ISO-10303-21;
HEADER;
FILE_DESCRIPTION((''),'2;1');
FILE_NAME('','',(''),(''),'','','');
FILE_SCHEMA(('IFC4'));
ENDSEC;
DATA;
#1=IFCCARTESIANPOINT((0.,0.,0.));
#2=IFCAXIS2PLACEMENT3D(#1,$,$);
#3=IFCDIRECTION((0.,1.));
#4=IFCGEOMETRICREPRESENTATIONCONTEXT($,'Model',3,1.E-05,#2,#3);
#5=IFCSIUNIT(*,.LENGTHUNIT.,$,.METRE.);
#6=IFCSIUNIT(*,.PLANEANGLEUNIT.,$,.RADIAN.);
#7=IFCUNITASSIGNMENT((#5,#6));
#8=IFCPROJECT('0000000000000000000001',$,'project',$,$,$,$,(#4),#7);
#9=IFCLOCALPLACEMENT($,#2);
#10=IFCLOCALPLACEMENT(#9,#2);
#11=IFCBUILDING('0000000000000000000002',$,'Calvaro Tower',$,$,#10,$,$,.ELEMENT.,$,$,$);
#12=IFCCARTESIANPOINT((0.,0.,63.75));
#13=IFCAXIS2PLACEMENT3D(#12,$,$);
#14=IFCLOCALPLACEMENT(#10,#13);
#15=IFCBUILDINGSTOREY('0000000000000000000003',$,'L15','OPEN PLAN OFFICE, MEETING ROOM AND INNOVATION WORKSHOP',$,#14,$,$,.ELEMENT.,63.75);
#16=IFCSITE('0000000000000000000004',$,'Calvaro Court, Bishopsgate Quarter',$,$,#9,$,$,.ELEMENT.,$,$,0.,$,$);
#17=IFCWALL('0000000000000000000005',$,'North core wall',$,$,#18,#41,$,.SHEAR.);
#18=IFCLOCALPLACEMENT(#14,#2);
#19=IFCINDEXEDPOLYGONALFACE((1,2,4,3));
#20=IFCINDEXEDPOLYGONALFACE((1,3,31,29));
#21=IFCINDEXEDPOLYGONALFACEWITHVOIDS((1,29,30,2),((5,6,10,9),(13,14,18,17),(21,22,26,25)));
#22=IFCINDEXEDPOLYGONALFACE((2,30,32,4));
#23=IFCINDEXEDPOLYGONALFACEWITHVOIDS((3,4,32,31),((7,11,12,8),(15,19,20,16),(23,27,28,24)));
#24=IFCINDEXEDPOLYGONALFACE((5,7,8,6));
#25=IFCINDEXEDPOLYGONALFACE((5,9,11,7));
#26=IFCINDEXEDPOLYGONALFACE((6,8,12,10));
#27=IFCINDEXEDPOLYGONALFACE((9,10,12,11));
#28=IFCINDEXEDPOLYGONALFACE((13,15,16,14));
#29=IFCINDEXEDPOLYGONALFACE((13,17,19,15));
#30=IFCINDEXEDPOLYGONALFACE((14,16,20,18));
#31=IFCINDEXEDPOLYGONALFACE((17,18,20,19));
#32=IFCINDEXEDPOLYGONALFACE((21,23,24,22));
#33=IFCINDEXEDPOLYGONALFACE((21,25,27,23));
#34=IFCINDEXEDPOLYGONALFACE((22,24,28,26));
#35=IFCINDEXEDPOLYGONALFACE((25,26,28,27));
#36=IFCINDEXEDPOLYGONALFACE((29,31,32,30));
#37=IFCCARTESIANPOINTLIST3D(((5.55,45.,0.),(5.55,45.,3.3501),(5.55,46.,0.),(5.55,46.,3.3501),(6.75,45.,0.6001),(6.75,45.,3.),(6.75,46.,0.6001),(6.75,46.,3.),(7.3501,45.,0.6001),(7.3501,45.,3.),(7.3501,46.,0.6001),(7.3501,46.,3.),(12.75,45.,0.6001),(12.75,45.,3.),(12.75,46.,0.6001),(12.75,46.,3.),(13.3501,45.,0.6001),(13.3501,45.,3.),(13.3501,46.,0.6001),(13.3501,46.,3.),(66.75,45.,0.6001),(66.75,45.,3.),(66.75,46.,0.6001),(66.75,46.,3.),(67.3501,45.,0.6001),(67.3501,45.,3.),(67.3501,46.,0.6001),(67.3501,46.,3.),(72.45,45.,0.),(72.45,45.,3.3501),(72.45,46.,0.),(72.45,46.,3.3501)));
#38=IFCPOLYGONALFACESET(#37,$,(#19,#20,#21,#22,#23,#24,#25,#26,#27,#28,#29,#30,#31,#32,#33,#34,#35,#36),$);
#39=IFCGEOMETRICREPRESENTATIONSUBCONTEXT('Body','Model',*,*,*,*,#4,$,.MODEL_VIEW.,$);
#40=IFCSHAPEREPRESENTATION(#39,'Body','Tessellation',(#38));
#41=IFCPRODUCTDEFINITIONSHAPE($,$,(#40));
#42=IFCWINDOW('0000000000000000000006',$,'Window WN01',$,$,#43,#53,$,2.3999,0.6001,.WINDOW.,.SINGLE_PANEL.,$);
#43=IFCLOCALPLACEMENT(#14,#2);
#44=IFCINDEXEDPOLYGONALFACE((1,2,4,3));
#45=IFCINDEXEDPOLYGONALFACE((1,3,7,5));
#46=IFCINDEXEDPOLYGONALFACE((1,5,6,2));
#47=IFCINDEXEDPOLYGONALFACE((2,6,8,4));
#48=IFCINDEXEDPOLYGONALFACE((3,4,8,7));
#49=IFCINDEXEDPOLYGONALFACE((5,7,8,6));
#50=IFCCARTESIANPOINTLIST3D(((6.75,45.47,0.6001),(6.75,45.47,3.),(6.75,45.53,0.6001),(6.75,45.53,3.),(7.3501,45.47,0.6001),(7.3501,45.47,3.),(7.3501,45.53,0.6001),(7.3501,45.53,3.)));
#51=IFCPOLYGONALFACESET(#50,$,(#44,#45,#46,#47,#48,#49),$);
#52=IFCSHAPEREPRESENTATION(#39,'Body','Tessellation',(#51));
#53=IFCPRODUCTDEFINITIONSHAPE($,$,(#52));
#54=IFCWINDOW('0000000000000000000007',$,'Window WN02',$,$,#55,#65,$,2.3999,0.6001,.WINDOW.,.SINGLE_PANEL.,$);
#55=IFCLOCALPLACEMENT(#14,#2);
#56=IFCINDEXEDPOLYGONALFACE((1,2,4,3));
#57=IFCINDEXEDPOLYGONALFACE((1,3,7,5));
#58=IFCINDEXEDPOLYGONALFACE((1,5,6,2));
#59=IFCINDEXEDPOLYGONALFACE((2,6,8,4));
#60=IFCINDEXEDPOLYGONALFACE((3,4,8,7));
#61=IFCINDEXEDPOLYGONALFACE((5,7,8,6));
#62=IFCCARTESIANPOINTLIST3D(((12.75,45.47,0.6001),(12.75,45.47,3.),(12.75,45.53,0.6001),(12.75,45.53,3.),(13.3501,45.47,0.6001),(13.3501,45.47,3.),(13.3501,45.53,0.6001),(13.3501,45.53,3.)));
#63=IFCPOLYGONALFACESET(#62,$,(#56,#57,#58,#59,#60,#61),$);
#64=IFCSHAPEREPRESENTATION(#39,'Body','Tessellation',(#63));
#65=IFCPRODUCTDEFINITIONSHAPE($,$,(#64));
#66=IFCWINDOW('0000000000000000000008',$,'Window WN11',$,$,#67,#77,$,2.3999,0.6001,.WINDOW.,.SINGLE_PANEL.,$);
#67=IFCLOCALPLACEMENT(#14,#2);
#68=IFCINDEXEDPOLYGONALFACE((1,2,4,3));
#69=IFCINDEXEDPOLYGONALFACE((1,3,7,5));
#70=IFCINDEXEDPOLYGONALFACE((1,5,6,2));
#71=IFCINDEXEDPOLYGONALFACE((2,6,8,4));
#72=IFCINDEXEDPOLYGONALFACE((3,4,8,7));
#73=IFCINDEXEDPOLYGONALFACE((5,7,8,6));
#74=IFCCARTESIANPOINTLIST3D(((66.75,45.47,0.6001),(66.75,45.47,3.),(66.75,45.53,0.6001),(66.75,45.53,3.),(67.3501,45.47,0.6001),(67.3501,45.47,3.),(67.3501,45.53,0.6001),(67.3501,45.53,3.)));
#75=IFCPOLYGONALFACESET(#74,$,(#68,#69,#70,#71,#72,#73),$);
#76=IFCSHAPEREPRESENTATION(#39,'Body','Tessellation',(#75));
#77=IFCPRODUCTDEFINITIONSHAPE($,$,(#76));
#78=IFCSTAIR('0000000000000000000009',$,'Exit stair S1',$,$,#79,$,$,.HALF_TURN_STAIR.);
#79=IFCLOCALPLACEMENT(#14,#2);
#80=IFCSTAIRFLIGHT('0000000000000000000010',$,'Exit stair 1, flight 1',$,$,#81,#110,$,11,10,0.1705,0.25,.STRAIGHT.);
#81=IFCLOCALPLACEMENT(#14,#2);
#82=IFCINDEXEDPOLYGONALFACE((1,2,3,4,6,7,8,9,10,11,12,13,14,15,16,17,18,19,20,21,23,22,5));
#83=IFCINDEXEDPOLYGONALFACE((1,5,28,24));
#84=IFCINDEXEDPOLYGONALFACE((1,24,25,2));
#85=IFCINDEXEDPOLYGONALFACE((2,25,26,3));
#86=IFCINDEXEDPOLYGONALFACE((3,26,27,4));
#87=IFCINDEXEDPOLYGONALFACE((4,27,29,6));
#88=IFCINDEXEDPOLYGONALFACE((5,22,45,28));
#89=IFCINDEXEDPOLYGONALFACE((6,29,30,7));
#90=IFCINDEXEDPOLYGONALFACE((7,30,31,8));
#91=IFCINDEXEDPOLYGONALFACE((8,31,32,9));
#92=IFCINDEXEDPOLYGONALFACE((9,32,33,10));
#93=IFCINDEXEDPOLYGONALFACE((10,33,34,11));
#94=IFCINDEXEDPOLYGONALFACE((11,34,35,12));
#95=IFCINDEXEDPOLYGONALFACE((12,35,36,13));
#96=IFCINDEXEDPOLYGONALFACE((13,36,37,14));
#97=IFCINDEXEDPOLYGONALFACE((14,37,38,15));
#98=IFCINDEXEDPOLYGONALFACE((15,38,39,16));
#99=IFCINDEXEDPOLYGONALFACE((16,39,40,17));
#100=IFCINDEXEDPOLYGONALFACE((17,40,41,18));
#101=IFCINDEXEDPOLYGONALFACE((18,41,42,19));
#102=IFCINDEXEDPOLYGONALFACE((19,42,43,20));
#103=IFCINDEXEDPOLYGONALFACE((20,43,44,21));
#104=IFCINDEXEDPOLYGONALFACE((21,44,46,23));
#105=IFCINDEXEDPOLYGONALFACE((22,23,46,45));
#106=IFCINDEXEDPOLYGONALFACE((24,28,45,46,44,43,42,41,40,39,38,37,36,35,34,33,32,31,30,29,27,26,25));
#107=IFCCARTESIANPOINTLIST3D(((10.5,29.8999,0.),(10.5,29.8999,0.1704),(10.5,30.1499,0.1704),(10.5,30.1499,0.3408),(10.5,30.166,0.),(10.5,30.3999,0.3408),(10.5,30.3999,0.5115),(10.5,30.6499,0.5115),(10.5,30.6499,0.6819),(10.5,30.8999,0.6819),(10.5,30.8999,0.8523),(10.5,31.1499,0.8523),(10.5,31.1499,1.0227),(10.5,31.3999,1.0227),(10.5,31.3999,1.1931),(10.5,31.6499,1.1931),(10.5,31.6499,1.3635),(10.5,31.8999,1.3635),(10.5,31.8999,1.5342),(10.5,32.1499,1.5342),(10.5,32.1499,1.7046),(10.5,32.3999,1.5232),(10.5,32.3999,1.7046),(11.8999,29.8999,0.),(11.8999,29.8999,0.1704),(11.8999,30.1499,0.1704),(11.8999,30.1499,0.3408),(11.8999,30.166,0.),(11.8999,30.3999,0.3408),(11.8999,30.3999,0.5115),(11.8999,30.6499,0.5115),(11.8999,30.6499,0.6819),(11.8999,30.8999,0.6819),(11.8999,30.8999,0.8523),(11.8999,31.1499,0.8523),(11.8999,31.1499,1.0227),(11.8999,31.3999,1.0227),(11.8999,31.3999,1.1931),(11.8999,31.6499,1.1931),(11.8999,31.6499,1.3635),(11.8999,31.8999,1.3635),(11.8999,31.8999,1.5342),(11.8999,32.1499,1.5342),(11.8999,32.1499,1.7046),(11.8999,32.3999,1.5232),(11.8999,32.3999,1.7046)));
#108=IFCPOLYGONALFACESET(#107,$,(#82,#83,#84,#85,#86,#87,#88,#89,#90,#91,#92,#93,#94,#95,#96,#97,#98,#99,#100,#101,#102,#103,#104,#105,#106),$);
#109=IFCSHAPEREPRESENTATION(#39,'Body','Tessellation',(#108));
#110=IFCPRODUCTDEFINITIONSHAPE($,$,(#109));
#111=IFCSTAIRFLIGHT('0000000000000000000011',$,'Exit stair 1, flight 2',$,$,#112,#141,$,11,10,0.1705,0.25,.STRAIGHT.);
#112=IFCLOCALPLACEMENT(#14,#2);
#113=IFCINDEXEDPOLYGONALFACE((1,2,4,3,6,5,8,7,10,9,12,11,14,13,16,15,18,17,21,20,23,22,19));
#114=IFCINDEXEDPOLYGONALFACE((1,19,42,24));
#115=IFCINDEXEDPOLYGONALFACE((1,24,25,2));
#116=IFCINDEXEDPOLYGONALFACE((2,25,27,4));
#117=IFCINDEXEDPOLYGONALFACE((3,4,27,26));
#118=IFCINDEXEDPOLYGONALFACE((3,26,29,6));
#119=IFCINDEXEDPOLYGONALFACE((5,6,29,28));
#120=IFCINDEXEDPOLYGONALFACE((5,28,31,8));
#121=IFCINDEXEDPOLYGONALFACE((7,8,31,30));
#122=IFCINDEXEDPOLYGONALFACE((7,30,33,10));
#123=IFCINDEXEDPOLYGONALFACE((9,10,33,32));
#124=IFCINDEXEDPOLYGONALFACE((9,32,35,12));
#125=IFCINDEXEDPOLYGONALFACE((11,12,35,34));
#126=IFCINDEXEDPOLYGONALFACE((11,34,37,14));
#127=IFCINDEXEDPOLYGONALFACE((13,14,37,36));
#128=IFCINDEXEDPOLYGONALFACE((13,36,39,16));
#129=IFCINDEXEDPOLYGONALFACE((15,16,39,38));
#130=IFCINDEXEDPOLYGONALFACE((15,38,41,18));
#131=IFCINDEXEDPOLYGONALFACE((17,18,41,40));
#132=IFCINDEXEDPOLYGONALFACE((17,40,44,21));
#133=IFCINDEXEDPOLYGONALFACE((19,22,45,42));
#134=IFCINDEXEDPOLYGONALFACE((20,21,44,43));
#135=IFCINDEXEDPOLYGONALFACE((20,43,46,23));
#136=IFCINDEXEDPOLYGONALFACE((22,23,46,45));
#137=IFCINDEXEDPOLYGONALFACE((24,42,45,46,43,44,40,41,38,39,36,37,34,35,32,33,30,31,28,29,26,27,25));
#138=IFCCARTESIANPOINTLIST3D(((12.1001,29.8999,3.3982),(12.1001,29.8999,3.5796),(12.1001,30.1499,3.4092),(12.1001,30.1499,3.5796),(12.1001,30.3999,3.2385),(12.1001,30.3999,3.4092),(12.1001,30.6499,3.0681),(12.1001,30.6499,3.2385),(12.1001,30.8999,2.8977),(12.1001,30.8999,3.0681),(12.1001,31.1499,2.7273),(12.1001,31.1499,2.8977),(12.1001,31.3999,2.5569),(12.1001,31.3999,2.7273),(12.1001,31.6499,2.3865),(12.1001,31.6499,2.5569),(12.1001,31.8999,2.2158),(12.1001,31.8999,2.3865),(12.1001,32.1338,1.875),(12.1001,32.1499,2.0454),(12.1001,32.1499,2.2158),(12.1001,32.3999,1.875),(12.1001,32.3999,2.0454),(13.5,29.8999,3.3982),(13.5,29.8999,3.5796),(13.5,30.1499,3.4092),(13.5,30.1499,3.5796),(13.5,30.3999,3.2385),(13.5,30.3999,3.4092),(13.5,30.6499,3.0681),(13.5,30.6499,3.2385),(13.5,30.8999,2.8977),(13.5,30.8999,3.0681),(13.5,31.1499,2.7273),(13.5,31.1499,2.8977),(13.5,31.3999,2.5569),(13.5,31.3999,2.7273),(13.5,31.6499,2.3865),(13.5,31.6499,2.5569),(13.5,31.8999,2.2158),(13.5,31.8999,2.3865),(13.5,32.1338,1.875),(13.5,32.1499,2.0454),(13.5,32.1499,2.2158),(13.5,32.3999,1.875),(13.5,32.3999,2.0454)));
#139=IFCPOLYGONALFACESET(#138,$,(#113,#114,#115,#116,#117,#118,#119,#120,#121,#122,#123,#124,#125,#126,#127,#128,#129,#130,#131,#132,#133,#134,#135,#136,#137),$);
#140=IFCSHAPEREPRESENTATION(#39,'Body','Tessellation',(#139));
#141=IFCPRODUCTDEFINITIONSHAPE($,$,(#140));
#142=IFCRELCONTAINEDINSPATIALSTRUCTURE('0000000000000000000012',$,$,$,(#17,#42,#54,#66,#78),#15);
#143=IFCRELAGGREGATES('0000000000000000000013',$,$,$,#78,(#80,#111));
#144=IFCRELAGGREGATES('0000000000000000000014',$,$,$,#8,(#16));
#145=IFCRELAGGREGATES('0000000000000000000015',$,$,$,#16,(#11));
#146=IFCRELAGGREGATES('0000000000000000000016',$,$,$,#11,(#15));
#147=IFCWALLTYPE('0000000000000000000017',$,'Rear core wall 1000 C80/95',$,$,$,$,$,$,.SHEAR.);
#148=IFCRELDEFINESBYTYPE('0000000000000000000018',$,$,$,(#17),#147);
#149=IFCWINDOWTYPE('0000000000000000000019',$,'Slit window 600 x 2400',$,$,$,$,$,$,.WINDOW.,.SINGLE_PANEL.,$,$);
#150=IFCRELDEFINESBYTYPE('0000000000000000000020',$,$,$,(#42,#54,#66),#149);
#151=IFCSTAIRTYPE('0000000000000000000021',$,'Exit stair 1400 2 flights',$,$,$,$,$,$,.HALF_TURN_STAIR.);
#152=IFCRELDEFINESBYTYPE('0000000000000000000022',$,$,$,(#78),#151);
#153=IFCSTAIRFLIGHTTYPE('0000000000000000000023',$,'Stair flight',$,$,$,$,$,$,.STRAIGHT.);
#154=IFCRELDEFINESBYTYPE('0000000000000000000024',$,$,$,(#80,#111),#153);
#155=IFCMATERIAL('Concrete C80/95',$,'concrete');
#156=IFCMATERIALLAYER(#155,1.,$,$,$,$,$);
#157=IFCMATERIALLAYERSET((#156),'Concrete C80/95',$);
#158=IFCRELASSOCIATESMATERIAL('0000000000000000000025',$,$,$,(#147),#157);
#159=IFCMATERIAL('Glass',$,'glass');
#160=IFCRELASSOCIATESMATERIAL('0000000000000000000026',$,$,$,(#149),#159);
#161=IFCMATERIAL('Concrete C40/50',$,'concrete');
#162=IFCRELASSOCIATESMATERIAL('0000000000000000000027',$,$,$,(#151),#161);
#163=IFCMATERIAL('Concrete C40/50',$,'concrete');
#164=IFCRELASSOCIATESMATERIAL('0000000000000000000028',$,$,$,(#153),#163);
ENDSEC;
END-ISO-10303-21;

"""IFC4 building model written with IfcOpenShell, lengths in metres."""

from ifc_helpers import new_model, si_unit, direction, frame, frame_2d, origin, place, context, subcontext, project, spatial, polyline, rectangle, outline, extrude, material, layer, layer_set, type_object, element, fill, aggregate, save


model = new_model("IFC4")

# Units and contexts
model_context = context("Model", 3, precision=1e-05, world=origin(), true_north=direction((0.0, 1.0)))
body_context = subcontext(model_context, "Body", "Model", "MODEL_VIEW")
ifc_project = project(units=[si_unit("LENGTHUNIT", "METRE"), si_unit("PLANEANGLEUNIT", "RADIAN")], contexts=[model_context])

# Site, building, storey
site_placement = place(None, origin())
site = spatial("IfcSite", under=ifc_project, at=site_placement, Name="Calvaro Court, Bishopsgate Quarter", CompositionType="ELEMENT", RefElevation=0.0)
building_placement = place(site_placement, origin())
building = spatial("IfcBuilding", under=site, at=building_placement, Name="Calvaro Tower", CompositionType="ELEMENT")
storey_placement = place(building_placement, frame((0.0, 0.0, 63.75)))
storey = spatial("IfcBuildingStorey", under=building, at=storey_placement, Name="L15", Description="OPEN PLAN OFFICE, MEETING ROOM AND INNOVATION WORKSHOP", CompositionType="ELEMENT", Elevation=63.75)

# Wall, openings, windows
ifc_material_1 = material(Name="Concrete C80/95", Category="concrete")
ifc_layer_1 = layer(ifc_material_1, 1.0)
ifc_layer_set_1 = layer_set([ifc_layer_1], Name="Concrete C80/95")
wall_type_1 = type_object("IfcWallType", Name="Rear core wall 1000 C80/95", PredefinedType="SHEAR", material=ifc_layer_set_1)
wall_1_placement = place(storey_placement, frame((5.55, 45.5, 0.0), z_axis=(0.0, 0.0, 1.0), x_axis=(1.0, 0.0, 0.0)))
wall_1 = element("IfcWall", 1, at=wall_1_placement, inside=storey, type_object=wall_type_1, Name="North core wall", PredefinedType="SHEAR", context=body_context, shape_type="SweptSolid", body=[
    extrude(rectangle(XDim=66.8999, YDim=1.0, at=frame_2d((33.45, 0.0))), origin(), (0.0, 0.0, 1.0), 3.3501),
])
opening_1_placement = place(wall_1_placement, frame((1.2, 0.0, 0.6001)))
opening_1 = element("IfcOpeningElement", 2, at=opening_1_placement, cuts=wall_1, PredefinedType="OPENING", context=body_context, shape_type="SweptSolid", body=[
    extrude(rectangle(XDim=0.6001, YDim=2.3999, at=frame_2d((0.3, 1.2))), frame((0.0, 0.51, 0.0), z_axis=(0.0, -1.0, 0.0), x_axis=(1.0, 0.0, 0.0)), (0.0, 0.0, 1.0), 1.02),
])
opening_2_placement = place(wall_1_placement, frame((7.2, 0.0, 0.6001)))
opening_2 = element("IfcOpeningElement", 3, at=opening_2_placement, cuts=wall_1, PredefinedType="OPENING", context=body_context, shape_type="SweptSolid", body=[
    extrude(rectangle(XDim=0.6001, YDim=2.3999, at=frame_2d((0.3, 1.2))), frame((0.0, 0.51, 0.0), z_axis=(0.0, -1.0, 0.0), x_axis=(1.0, 0.0, 0.0)), (0.0, 0.0, 1.0), 1.02),
])
opening_3_placement = place(wall_1_placement, frame((61.2, 0.0, 0.6001)))
opening_3 = element("IfcOpeningElement", 4, at=opening_3_placement, cuts=wall_1, PredefinedType="OPENING", context=body_context, shape_type="SweptSolid", body=[
    extrude(rectangle(XDim=0.6001, YDim=2.3999, at=frame_2d((0.3, 1.2))), frame((0.0, 0.51, 0.0), z_axis=(0.0, -1.0, 0.0), x_axis=(1.0, 0.0, 0.0)), (0.0, 0.0, 1.0), 1.02),
])
ifc_material_2 = material(Name="Glass", Category="glass")
window_type = type_object("IfcWindowType", Name="Slit window 600 x 2400", PartitioningType="SINGLE_PANEL", PredefinedType="WINDOW", material=ifc_material_2)
window_1_placement = place(opening_1_placement, origin())
window_1 = element("IfcWindow", 5, at=window_1_placement, inside=storey, type_object=window_type, Name="Window WN01", OverallHeight=2.3999, OverallWidth=0.6001, PartitioningType="SINGLE_PANEL", PredefinedType="WINDOW", context=body_context, shape_type="SweptSolid", body=[
    extrude(rectangle(XDim=0.6001, YDim=2.3999, at=frame_2d((0.3, 1.2))), frame((0.0, 0.03, 0.0), z_axis=(0.0, -1.0, 0.0), x_axis=(1.0, 0.0, 0.0)), (0.0, 0.0, 1.0), 0.0601),
])
fill(opening_1, window_1)
window_2_placement = place(opening_2_placement, origin())
window_2 = element("IfcWindow", 6, at=window_2_placement, inside=storey, type_object=window_type, Name="Window WN02", OverallHeight=2.3999, OverallWidth=0.6001, PartitioningType="SINGLE_PANEL", PredefinedType="WINDOW", context=body_context, shape_type="SweptSolid", body=[
    extrude(rectangle(XDim=0.6001, YDim=2.3999, at=frame_2d((0.3, 1.2))), frame((0.0, 0.03, 0.0), z_axis=(0.0, -1.0, 0.0), x_axis=(1.0, 0.0, 0.0)), (0.0, 0.0, 1.0), 0.0601),
])
fill(opening_2, window_2)
window_3_placement = place(opening_3_placement, origin())
window_3 = element("IfcWindow", 7, at=window_3_placement, inside=storey, type_object=window_type, Name="Window WN11", OverallHeight=2.3999, OverallWidth=0.6001, PartitioningType="SINGLE_PANEL", PredefinedType="WINDOW", context=body_context, shape_type="SweptSolid", body=[
    extrude(rectangle(XDim=0.6001, YDim=2.3999, at=frame_2d((0.3, 1.2))), frame((0.0, 0.03, 0.0), z_axis=(0.0, -1.0, 0.0), x_axis=(1.0, 0.0, 0.0)), (0.0, 0.0, 1.0), 0.0601),
])
fill(opening_3, window_3)

# Stair, stair flights
ifc_material_3 = material(Name="Concrete C40/50", Category="concrete")
stair_type = type_object("IfcStairType", Name="Exit stair 1400 2 flights", PredefinedType="HALF_TURN_STAIR", material=ifc_material_3)
stair_placement = place(storey_placement, origin())
stair = element("IfcStair", 8, at=stair_placement, inside=storey, type_object=stair_type, Name="Exit stair S1", PredefinedType="HALF_TURN_STAIR")
ifc_material_4 = material(Name="Concrete C40/50", Category="concrete")
stair_flight_type = type_object("IfcStairFlightType", Name="Stair flight", PredefinedType="STRAIGHT", material=ifc_material_4)
stair_flight_1_placement = place(storey_placement, frame((11.2, 29.8999, 0.0), z_axis=(0.0, 0.0, 1.0), x_axis=(0.0, 1.0, 0.0)))
stair_flight_1 = element("IfcStairFlight", 9, at=stair_flight_1_placement, type_object=stair_flight_type, Name="Exit stair 1, flight 1", NumberOfRisers=11, NumberOfTreads=10, PredefinedType="STRAIGHT", RiserHeight=0.1705, TreadLength=0.25, context=body_context, shape_type="SweptSolid", body=[
    extrude(outline(polyline([(0.0, 0.0), (0.0, 0.1704), (0.25, 0.1704), (0.25, 0.3408), (0.5, 0.3408), (0.5, 0.5115), (0.75, 0.5115), (0.75, 0.6819), (1.0, 0.6819), (1.0, 0.8523), (1.25, 0.8523), (1.25, 1.0227), (1.5, 1.0227), (1.5, 1.1931), (1.75, 1.1931), (1.75, 1.3635), (2.0, 1.3635), (2.0, 1.5342), (2.25, 1.5342), (2.25, 1.7046), (2.5, 1.7046), (2.5, 1.875), (2.5, 1.5232), (0.2661, 0.0), (0.0, 0.0)])), frame((0.0, 0.7, 0.0), z_axis=(0.0, -1.0, 0.0), x_axis=(1.0, 0.0, 0.0)), (0.0, 0.0, 1.0), 1.3999),
])
stair_flight_2_placement = place(storey_placement, frame((12.8, 32.3999, 1.875), z_axis=(0.0, 0.0, 1.0), x_axis=(0.0, -1.0, 0.0)))
stair_flight_2 = element("IfcStairFlight", 10, at=stair_flight_2_placement, type_object=stair_flight_type, Name="Exit stair 1, flight 2", NumberOfRisers=11, NumberOfTreads=10, PredefinedType="STRAIGHT", RiserHeight=0.1705, TreadLength=0.25, context=body_context, shape_type="SweptSolid", body=[
    extrude(outline(polyline([(0.0, 0.0), (0.0, 0.1704), (0.25, 0.1704), (0.25, 0.3408), (0.5, 0.3408), (0.5, 0.5115), (0.75, 0.5115), (0.75, 0.6819), (1.0, 0.6819), (1.0, 0.8523), (1.25, 0.8523), (1.25, 1.0227), (1.5, 1.0227), (1.5, 1.1931), (1.75, 1.1931), (1.75, 1.3635), (2.0, 1.3635), (2.0, 1.5342), (2.25, 1.5342), (2.25, 1.7046), (2.5, 1.7046), (2.5, 1.875), (2.5, 1.5232), (0.2661, 0.0), (0.0, 0.0)])), frame((0.0, 0.7, 0.0), z_axis=(0.0, -1.0, 0.0), x_axis=(1.0, 0.0, 0.0)), (0.0, 0.0, 1.0), 1.3999),
])
aggregate(stair, [stair_flight_1, stair_flight_2])

save(model, "model.ifc")
